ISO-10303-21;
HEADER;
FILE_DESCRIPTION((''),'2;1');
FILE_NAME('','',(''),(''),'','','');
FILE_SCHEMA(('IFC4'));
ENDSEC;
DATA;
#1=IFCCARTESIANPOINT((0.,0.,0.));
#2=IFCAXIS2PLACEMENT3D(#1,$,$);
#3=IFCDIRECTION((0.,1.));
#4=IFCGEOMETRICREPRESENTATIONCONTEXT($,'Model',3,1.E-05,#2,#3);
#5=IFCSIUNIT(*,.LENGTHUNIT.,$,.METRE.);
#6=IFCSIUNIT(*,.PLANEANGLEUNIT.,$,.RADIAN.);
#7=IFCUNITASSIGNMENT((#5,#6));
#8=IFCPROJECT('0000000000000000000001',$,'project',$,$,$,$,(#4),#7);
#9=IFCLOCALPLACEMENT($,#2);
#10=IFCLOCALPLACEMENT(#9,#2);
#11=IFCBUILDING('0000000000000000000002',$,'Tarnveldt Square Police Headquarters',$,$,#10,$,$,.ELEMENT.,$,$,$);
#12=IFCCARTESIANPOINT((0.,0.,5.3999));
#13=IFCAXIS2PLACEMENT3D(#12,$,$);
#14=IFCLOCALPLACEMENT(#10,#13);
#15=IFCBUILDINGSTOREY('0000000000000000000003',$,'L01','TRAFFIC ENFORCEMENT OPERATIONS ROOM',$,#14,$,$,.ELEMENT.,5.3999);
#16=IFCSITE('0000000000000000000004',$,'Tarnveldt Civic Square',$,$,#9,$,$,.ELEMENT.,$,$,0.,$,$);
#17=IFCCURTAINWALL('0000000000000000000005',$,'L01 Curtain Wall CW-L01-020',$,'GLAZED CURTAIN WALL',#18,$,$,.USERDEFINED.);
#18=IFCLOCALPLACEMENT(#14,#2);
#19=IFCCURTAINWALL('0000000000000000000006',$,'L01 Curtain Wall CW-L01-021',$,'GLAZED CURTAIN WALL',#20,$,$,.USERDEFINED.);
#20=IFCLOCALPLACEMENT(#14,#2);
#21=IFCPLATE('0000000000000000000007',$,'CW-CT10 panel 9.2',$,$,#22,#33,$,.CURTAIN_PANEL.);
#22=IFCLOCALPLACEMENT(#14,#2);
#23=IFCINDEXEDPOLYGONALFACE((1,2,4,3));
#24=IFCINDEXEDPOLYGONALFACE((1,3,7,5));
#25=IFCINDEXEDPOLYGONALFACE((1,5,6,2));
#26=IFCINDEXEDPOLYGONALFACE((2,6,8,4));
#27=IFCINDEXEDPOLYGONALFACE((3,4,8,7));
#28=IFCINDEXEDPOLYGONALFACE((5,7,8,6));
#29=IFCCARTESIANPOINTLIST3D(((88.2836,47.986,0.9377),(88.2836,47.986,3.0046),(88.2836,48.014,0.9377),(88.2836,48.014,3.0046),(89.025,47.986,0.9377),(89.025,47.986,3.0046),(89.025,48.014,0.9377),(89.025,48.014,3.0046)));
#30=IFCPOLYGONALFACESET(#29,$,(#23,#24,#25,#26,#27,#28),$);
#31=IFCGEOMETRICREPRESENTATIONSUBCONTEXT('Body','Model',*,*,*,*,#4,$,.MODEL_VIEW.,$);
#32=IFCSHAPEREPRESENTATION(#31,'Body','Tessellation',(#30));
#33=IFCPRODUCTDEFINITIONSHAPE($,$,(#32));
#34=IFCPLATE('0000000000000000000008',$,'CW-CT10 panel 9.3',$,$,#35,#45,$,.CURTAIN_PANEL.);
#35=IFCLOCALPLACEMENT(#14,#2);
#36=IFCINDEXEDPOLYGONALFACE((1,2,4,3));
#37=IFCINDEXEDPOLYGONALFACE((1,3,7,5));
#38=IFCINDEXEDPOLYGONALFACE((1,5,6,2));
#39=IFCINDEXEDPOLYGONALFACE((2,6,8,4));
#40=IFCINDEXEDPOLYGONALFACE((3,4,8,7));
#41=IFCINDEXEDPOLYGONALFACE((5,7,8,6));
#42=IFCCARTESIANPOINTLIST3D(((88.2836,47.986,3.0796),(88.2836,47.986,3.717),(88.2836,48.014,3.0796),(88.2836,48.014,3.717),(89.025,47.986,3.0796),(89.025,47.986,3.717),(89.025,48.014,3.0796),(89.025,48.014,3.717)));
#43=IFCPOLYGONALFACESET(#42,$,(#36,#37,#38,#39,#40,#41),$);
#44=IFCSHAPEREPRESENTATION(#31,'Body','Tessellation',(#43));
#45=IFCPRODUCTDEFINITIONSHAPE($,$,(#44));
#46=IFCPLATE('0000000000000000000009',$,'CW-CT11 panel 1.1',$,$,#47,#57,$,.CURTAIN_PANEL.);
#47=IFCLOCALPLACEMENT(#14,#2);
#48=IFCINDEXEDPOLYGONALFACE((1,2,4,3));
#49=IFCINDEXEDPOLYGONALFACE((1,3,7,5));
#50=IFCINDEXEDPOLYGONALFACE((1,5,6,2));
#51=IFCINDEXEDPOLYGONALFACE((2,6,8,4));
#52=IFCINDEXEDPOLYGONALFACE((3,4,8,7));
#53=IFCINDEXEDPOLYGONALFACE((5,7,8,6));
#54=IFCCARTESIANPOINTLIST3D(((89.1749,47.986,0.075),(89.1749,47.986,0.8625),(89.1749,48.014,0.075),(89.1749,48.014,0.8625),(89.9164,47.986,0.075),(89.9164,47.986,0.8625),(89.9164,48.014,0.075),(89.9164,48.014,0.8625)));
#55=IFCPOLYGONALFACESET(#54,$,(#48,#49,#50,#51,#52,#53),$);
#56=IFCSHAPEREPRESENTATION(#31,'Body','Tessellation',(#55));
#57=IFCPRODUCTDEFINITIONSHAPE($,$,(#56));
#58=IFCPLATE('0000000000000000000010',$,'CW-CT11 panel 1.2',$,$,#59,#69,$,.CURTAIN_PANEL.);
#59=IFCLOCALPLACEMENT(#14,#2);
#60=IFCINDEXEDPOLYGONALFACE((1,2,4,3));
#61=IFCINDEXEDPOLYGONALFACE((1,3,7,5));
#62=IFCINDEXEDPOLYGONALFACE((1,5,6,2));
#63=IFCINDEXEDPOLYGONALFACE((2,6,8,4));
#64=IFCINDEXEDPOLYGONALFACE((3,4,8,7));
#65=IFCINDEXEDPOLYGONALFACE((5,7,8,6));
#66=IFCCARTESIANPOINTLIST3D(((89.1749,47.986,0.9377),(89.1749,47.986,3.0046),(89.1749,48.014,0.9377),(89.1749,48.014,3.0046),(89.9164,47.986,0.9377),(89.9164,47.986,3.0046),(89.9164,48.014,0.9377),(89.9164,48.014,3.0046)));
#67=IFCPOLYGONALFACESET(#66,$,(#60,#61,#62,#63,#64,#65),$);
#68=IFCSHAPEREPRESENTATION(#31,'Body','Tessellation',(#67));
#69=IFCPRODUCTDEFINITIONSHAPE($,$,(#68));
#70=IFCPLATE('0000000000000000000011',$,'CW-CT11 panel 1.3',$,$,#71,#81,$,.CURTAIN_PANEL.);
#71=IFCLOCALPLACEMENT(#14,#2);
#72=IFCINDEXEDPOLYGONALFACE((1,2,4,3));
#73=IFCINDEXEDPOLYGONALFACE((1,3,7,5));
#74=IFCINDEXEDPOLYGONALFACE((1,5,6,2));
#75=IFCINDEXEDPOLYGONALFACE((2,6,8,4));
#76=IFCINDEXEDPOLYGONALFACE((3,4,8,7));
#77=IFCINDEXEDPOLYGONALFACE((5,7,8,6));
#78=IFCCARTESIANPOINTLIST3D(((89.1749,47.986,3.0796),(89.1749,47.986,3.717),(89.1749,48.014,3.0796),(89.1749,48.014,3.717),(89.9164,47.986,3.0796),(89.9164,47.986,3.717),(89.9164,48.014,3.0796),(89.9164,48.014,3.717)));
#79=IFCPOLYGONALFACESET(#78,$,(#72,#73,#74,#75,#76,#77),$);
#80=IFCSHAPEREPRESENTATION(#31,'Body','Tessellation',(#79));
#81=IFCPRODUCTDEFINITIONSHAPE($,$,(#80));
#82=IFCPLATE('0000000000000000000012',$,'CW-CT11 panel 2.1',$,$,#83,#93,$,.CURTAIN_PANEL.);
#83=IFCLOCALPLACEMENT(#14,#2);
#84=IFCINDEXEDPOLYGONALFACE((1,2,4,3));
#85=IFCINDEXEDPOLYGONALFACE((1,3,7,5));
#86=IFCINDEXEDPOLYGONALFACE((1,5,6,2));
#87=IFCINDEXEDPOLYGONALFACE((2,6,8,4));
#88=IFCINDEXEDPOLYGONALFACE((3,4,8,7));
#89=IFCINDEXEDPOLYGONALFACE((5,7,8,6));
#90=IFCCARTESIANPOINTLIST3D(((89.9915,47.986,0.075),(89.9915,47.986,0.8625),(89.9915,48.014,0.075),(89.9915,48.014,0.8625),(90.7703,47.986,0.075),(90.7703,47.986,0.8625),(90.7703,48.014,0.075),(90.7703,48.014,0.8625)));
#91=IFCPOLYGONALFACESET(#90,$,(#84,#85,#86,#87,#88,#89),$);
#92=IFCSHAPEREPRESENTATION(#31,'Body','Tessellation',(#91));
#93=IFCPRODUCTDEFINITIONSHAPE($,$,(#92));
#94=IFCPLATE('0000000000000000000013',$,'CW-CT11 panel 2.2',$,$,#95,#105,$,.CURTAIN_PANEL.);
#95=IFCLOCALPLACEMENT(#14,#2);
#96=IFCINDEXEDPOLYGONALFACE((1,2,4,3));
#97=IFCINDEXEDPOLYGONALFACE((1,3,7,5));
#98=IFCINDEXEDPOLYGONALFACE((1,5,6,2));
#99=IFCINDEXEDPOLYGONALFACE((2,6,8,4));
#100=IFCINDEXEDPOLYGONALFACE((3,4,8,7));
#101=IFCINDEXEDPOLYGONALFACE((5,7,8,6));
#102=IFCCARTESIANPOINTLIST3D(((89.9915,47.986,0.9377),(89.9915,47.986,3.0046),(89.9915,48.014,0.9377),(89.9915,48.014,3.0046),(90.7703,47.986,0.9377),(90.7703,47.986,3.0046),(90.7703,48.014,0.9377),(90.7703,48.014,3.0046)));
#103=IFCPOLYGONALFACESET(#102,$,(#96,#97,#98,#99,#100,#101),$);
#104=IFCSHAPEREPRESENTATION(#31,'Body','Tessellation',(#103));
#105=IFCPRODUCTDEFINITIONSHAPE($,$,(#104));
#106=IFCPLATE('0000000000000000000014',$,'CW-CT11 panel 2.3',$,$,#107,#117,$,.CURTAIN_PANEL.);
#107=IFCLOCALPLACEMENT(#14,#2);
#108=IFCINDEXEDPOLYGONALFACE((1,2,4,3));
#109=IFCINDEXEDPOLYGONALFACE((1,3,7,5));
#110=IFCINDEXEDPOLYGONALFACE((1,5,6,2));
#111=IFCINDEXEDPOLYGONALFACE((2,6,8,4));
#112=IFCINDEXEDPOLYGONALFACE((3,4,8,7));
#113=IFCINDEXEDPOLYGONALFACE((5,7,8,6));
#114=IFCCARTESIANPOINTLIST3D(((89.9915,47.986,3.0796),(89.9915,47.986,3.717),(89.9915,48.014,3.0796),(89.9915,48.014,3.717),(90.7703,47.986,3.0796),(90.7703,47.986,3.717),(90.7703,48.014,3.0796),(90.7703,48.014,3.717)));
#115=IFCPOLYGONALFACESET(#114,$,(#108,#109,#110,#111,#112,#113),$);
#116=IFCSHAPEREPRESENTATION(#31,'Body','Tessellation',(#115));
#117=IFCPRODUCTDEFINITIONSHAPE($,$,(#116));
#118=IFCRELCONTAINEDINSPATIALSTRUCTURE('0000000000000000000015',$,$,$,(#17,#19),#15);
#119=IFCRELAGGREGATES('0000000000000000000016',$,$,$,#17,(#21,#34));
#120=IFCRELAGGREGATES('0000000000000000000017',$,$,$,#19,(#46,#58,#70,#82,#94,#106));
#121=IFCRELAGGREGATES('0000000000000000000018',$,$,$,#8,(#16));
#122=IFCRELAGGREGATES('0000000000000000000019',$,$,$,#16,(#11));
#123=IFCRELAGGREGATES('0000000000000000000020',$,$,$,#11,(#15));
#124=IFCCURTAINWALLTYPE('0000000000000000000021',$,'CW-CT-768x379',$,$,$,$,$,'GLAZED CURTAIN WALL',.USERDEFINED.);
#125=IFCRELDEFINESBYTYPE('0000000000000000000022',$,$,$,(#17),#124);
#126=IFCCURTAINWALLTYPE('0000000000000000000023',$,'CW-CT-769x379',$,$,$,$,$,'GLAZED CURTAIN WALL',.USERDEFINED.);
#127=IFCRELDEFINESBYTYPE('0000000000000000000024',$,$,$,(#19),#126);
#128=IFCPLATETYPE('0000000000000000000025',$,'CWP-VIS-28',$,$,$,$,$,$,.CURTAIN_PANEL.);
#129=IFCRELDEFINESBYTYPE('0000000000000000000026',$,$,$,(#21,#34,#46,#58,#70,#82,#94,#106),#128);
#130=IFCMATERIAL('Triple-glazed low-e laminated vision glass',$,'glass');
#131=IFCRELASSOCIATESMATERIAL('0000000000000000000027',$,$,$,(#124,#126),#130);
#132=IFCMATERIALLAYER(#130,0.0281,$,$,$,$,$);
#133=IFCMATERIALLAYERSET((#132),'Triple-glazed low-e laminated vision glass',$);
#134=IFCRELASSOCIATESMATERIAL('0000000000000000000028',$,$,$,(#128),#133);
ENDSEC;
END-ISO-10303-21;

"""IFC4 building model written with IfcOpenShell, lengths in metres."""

from ifc_helpers import new_model, si_unit, direction, frame, origin, origin_2d, place, context, subcontext, project, spatial, rectangle, extrude, material, layer, layer_set, type_object, element, aggregate, save


model = new_model("IFC4")

# Units and contexts
model_context = context("Model", 3, precision=1e-05, world=origin(), true_north=direction((0.0, 1.0)))
body_context = subcontext(model_context, "Body", "Model", "MODEL_VIEW")
ifc_project = project(units=[si_unit("LENGTHUNIT", "METRE"), si_unit("PLANEANGLEUNIT", "RADIAN")], contexts=[model_context])

# Site, building, storey
site_placement = place(None, origin())
site = spatial("IfcSite", under=ifc_project, at=site_placement, Name="Tarnveldt Civic Square", CompositionType="ELEMENT", RefElevation=0.0)
building_placement = place(site_placement, origin())
building = spatial("IfcBuilding", under=site, at=building_placement, Name="Tarnveldt Square Police Headquarters", CompositionType="ELEMENT")
storey_placement = place(building_placement, frame((0.0, 0.0, 5.3999)))
storey = spatial("IfcBuildingStorey", under=building, at=storey_placement, Name="L01", Description="TRAFFIC ENFORCEMENT OPERATIONS ROOM", CompositionType="ELEMENT", Elevation=5.3999)

# Curtain walls
ifc_material_1 = material(Name="Triple-glazed low-e laminated vision glass", Category="glass")
curtain_wall_type_1 = type_object("IfcCurtainWallType", Name="CW-CT-768x379", ElementType="GLAZED CURTAIN WALL", PredefinedType="USERDEFINED", material=ifc_material_1)
curtain_wall_1_placement = place(storey_placement, origin())
curtain_wall_1 = element("IfcCurtainWall", 1, at=curtain_wall_1_placement, inside=storey, type_object=curtain_wall_type_1, Name="L01 Curtain Wall CW-L01-020", ObjectType="GLAZED CURTAIN WALL", PredefinedType="USERDEFINED")
curtain_wall_type_2 = type_object("IfcCurtainWallType", Name="CW-CT-769x379", ElementType="GLAZED CURTAIN WALL", PredefinedType="USERDEFINED", material=ifc_material_1)
curtain_wall_2_placement = place(storey_placement, origin())
curtain_wall_2 = element("IfcCurtainWall", 2, at=curtain_wall_2_placement, inside=storey, type_object=curtain_wall_type_2, Name="L01 Curtain Wall CW-L01-021", ObjectType="GLAZED CURTAIN WALL", PredefinedType="USERDEFINED")

# Plates
ifc_layer = layer(ifc_material_1, 0.0281)
ifc_layer_set = layer_set([ifc_layer], Name="Triple-glazed low-e laminated vision glass")
plate_type = type_object("IfcPlateType", Name="CWP-VIS-28", PredefinedType="CURTAIN_PANEL", material=ifc_layer_set)
plate_1_placement = place(storey_placement, frame((88.6543, 48.0, 0.9377), z_axis=(0.0, 0.0, 1.0), x_axis=(1.0, 0.0, 0.0)))
plate_1 = element("IfcPlate", 3, at=plate_1_placement, type_object=plate_type, Name="CW-CT10 panel 9.2", PredefinedType="CURTAIN_PANEL", context=body_context, shape_type="SweptSolid", body=[
    extrude(rectangle(XDim=0.7415, YDim=0.0281, at=origin_2d()), origin(), (0.0, 0.0, 1.0), 2.0669),
])
plate_2_placement = place(storey_placement, frame((88.6543, 48.0, 3.0796), z_axis=(0.0, 0.0, 1.0), x_axis=(1.0, 0.0, 0.0)))
plate_2 = element("IfcPlate", 4, at=plate_2_placement, type_object=plate_type, Name="CW-CT10 panel 9.3", PredefinedType="CURTAIN_PANEL", context=body_context, shape_type="SweptSolid", body=[
    extrude(rectangle(XDim=0.7415, YDim=0.0281, at=origin_2d()), origin(), (0.0, 0.0, 1.0), 0.6375),
])
aggregate(curtain_wall_1, [plate_1, plate_2])
plate_3_placement = place(storey_placement, frame((89.5457, 48.0, 0.075), z_axis=(0.0, 0.0, 1.0), x_axis=(1.0, 0.0, 0.0)))
plate_3 = element("IfcPlate", 5, at=plate_3_placement, type_object=plate_type, Name="CW-CT11 panel 1.1", PredefinedType="CURTAIN_PANEL", context=body_context, shape_type="SweptSolid", body=[
    extrude(rectangle(XDim=0.7415, YDim=0.0281, at=origin_2d()), origin(), (0.0, 0.0, 1.0), 0.7876),
])
plate_4_placement = place(storey_placement, frame((89.5457, 48.0, 0.9377), z_axis=(0.0, 0.0, 1.0), x_axis=(1.0, 0.0, 0.0)))
plate_4 = element("IfcPlate", 6, at=plate_4_placement, type_object=plate_type, Name="CW-CT11 panel 1.2", PredefinedType="CURTAIN_PANEL", context=body_context, shape_type="SweptSolid", body=[
    extrude(rectangle(XDim=0.7415, YDim=0.0281, at=origin_2d()), origin(), (0.0, 0.0, 1.0), 2.0669),
])
plate_5_placement = place(storey_placement, frame((89.5457, 48.0, 3.0796), z_axis=(0.0, 0.0, 1.0), x_axis=(1.0, 0.0, 0.0)))
plate_5 = element("IfcPlate", 7, at=plate_5_placement, type_object=plate_type, Name="CW-CT11 panel 1.3", PredefinedType="CURTAIN_PANEL", context=body_context, shape_type="SweptSolid", body=[
    extrude(rectangle(XDim=0.7415, YDim=0.0281, at=origin_2d()), origin(), (0.0, 0.0, 1.0), 0.6375),
])
plate_6_placement = place(storey_placement, frame((90.3809, 48.0, 0.075), z_axis=(0.0, 0.0, 1.0), x_axis=(1.0, 0.0, 0.0)))
plate_6 = element("IfcPlate", 8, at=plate_6_placement, type_object=plate_type, Name="CW-CT11 panel 2.1", PredefinedType="CURTAIN_PANEL", context=body_context, shape_type="SweptSolid", body=[
    extrude(rectangle(XDim=0.7788, YDim=0.0281, at=origin_2d()), origin(), (0.0, 0.0, 1.0), 0.7876),
])
plate_7_placement = place(storey_placement, frame((90.3809, 48.0, 0.9377), z_axis=(0.0, 0.0, 1.0), x_axis=(1.0, 0.0, 0.0)))
plate_7 = element("IfcPlate", 9, at=plate_7_placement, type_object=plate_type, Name="CW-CT11 panel 2.2", PredefinedType="CURTAIN_PANEL", context=body_context, shape_type="SweptSolid", body=[
    extrude(rectangle(XDim=0.7788, YDim=0.0281, at=origin_2d()), origin(), (0.0, 0.0, 1.0), 2.0669),
])
plate_8_placement = place(storey_placement, frame((90.3809, 48.0, 3.0796), z_axis=(0.0, 0.0, 1.0), x_axis=(1.0, 0.0, 0.0)))
plate_8 = element("IfcPlate", 10, at=plate_8_placement, type_object=plate_type, Name="CW-CT11 panel 2.3", PredefinedType="CURTAIN_PANEL", context=body_context, shape_type="SweptSolid", body=[
    extrude(rectangle(XDim=0.7788, YDim=0.0281, at=origin_2d()), origin(), (0.0, 0.0, 1.0), 0.6375),
])
aggregate(curtain_wall_2, [plate_3, plate_4, plate_5, plate_6, plate_7, plate_8])

save(model, "model.ifc")
